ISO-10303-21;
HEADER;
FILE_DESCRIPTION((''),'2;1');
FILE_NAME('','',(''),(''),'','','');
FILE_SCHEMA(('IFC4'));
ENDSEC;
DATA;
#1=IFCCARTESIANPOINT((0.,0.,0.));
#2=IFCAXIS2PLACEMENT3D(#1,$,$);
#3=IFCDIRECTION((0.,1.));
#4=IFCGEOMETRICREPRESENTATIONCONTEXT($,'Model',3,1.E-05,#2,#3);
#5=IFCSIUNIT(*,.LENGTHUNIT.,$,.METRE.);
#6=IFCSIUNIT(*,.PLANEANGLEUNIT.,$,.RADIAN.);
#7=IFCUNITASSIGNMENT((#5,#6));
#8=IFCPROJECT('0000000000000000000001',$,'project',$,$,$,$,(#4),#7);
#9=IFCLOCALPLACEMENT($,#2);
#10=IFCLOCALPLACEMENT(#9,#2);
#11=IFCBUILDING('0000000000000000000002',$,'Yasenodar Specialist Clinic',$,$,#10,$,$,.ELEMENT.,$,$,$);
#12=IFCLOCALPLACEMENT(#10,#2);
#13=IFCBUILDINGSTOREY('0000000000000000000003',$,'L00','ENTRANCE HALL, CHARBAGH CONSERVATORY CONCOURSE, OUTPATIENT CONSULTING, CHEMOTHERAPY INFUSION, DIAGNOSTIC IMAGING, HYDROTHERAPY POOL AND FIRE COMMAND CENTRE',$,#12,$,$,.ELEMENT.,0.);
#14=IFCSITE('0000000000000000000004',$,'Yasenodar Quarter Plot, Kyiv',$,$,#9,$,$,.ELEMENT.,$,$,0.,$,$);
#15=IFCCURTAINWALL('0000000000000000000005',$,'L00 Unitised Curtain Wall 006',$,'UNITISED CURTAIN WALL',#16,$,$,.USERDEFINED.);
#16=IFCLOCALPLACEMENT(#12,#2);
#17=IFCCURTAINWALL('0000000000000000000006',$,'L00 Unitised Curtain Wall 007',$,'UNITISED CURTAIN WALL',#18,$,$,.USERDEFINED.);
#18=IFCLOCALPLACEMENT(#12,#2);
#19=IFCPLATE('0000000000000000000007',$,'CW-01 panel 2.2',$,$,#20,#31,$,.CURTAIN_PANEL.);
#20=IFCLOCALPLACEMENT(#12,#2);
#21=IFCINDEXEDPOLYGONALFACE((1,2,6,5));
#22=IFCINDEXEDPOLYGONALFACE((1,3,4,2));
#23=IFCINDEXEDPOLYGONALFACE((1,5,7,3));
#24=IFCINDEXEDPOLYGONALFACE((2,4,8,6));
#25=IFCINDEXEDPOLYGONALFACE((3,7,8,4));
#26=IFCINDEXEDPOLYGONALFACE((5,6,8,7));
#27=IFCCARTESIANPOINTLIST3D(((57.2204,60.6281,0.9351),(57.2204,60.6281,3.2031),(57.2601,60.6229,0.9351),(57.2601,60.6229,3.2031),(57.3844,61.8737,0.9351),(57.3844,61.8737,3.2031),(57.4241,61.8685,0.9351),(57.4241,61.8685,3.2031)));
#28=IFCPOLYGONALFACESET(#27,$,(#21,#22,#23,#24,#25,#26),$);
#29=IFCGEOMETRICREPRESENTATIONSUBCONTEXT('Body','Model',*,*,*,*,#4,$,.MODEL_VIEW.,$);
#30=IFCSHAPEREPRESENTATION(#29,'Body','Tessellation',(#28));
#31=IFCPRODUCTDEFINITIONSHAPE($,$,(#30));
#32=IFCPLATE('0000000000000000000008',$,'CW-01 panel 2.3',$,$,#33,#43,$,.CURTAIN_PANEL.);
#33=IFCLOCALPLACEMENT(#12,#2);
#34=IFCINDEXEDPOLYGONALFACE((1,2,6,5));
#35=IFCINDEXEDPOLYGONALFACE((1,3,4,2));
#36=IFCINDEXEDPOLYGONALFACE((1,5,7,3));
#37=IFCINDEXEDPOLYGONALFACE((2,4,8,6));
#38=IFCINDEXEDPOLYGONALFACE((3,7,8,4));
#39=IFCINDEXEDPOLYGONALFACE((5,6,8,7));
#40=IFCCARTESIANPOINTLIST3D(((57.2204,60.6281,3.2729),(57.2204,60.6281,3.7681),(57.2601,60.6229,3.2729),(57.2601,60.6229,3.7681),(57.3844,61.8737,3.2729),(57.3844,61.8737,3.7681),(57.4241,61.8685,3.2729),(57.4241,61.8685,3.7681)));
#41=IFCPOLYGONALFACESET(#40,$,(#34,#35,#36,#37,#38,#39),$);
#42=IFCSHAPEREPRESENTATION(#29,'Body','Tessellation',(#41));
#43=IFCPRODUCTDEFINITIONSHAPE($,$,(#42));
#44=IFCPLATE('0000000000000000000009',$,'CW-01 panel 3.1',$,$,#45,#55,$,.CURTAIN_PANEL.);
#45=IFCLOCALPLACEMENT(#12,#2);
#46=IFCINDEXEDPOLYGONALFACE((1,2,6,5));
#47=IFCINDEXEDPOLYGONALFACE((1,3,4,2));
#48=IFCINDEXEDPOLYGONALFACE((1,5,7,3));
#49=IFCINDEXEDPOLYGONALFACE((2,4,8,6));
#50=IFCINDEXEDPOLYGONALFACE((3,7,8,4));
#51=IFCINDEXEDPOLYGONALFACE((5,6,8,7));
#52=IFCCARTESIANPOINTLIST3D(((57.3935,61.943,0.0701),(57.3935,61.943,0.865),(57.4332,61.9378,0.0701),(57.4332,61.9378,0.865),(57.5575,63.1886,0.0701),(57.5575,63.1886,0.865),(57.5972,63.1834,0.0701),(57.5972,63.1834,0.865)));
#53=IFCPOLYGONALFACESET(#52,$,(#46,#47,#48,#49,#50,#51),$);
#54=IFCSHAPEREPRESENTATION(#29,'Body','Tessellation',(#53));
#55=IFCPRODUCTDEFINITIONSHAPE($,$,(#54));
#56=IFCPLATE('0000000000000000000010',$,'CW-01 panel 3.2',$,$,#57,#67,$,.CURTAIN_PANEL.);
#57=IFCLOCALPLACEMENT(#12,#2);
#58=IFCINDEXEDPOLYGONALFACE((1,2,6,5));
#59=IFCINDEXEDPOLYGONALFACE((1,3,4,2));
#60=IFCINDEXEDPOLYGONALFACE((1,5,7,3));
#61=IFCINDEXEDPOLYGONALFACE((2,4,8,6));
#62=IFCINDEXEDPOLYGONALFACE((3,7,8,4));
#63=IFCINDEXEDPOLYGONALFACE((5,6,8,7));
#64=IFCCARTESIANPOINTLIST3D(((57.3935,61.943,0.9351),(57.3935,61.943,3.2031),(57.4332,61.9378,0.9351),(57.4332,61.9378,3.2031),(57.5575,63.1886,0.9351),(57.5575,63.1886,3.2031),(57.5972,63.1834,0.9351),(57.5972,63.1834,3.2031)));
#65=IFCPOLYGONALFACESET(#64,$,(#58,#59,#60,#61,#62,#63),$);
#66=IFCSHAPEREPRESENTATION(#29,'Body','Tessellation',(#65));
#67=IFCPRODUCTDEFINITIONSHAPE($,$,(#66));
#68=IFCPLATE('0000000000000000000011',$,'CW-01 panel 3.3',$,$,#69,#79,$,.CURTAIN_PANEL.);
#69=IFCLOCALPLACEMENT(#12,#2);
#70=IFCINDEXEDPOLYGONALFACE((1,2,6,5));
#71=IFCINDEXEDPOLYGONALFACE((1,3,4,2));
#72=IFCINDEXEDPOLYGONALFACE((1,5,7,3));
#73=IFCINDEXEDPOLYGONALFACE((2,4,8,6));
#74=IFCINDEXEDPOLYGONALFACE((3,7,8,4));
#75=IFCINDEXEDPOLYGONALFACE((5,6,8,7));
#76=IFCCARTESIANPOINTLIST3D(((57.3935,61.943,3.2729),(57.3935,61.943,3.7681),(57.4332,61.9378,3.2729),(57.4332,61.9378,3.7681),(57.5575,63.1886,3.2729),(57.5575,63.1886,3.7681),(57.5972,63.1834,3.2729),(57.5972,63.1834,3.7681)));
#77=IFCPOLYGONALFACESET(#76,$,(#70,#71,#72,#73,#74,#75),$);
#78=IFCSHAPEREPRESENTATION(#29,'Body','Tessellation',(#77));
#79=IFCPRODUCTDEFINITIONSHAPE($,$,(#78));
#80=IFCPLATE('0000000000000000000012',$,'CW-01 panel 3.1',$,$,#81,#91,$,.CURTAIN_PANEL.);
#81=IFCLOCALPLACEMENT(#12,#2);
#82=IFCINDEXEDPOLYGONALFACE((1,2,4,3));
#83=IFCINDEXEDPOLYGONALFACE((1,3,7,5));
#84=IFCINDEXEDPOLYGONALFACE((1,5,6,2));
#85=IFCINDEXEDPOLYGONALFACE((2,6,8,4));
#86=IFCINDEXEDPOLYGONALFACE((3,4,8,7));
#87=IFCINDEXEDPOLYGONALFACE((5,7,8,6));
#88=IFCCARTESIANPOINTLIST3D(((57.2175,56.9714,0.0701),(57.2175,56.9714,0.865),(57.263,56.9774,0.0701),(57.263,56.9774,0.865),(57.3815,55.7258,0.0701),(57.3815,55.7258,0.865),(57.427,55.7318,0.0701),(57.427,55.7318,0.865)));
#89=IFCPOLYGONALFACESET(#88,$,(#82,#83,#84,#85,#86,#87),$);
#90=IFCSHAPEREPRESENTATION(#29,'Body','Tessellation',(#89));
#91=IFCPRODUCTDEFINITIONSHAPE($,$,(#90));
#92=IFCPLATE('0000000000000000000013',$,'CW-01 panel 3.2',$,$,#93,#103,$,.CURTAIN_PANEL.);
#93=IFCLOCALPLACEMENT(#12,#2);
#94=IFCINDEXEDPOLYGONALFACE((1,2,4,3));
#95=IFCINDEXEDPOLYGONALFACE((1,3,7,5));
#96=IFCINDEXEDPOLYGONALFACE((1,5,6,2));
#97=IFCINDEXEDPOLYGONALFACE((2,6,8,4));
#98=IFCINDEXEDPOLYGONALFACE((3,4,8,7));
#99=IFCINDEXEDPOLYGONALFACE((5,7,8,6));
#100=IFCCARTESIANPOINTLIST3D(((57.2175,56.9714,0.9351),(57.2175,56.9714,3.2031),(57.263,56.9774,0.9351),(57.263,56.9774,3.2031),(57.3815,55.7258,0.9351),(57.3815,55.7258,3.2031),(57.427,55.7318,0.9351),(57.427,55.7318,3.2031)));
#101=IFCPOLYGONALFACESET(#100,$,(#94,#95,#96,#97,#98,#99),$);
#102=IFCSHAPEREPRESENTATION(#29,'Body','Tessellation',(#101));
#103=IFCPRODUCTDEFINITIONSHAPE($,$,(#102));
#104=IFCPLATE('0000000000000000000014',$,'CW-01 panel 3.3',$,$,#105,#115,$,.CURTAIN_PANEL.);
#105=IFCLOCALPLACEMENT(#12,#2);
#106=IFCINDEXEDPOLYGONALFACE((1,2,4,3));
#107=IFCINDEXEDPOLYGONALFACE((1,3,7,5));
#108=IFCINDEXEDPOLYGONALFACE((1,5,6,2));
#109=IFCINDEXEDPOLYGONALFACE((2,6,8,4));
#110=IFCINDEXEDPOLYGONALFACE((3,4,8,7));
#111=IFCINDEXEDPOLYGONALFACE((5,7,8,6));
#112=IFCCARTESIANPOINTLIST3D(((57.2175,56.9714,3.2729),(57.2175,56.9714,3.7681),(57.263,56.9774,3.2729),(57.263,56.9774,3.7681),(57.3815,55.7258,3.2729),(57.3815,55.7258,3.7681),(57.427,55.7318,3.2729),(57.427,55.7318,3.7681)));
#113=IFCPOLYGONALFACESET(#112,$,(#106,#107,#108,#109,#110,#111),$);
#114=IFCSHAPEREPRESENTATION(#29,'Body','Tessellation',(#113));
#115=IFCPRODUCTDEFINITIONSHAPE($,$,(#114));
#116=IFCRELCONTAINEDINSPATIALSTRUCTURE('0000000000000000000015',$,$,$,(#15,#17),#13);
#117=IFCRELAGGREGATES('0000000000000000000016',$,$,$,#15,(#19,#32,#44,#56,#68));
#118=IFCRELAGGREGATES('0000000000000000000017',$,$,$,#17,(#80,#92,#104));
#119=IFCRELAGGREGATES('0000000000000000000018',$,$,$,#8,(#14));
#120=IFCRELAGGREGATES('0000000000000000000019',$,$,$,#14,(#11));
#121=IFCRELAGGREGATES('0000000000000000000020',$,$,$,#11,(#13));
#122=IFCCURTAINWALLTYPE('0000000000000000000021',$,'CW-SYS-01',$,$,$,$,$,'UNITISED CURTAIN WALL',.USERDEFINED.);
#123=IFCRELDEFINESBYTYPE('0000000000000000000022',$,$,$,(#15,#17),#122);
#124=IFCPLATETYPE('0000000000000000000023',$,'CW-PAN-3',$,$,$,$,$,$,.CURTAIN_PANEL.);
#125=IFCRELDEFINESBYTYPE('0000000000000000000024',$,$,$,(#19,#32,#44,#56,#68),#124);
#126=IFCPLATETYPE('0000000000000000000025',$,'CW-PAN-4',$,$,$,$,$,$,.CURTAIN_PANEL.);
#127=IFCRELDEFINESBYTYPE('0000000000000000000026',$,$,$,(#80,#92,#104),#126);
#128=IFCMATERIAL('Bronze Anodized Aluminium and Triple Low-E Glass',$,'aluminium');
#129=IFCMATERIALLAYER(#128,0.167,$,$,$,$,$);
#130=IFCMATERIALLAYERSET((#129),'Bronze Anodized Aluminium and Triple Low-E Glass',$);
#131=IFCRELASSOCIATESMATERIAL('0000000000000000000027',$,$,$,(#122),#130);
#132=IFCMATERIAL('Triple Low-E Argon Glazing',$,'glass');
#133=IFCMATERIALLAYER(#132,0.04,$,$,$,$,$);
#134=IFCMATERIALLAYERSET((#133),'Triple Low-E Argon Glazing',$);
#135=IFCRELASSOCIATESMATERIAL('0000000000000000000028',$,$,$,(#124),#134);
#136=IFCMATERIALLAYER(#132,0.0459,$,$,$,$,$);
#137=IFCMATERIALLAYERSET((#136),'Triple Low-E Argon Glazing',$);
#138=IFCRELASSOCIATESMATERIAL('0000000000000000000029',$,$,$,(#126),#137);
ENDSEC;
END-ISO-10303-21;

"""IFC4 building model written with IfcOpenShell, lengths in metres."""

from ifc_helpers import new_model, si_unit, direction, frame, origin, origin_2d, place, context, subcontext, project, spatial, rectangle, extrude, material, layer, layer_set, type_object, element, aggregate, save


model = new_model("IFC4")

# Units and contexts
model_context = context("Model", 3, precision=1e-05, world=origin(), true_north=direction((0.0, 1.0)))
body_context = subcontext(model_context, "Body", "Model", "MODEL_VIEW")
ifc_project = project(units=[si_unit("LENGTHUNIT", "METRE"), si_unit("PLANEANGLEUNIT", "RADIAN")], contexts=[model_context])

# Site, building, storey
site_placement = place(None, origin())
site = spatial("IfcSite", under=ifc_project, at=site_placement, Name="Yasenodar Quarter Plot, Kyiv", CompositionType="ELEMENT", RefElevation=0.0)
building_placement = place(site_placement, origin())
building = spatial("IfcBuilding", under=site, at=building_placement, Name="Yasenodar Specialist Clinic", CompositionType="ELEMENT")
storey_placement = place(building_placement, origin())
storey = spatial("IfcBuildingStorey", under=building, at=storey_placement, Name="L00", Description="ENTRANCE HALL, CHARBAGH CONSERVATORY CONCOURSE, OUTPATIENT CONSULTING, CHEMOTHERAPY INFUSION, DIAGNOSTIC IMAGING, HYDROTHERAPY POOL AND FIRE COMMAND CENTRE", CompositionType="ELEMENT", Elevation=0.0)

# Curtain walls
ifc_material_1 = material(Name="Bronze Anodized Aluminium and Triple Low-E Glass", Category="aluminium")
ifc_layer_1 = layer(ifc_material_1, 0.167)
ifc_layer_set_1 = layer_set([ifc_layer_1], Name="Bronze Anodized Aluminium and Triple Low-E Glass")
curtain_wall_type = type_object("IfcCurtainWallType", Name="CW-SYS-01", ElementType="UNITISED CURTAIN WALL", PredefinedType="USERDEFINED", material=ifc_layer_set_1)
curtain_wall_1_placement = place(storey_placement, origin())
curtain_wall_1 = element("IfcCurtainWall", 1, at=curtain_wall_1_placement, inside=storey, type_object=curtain_wall_type, Name="L00 Unitised Curtain Wall 006", ObjectType="UNITISED CURTAIN WALL", PredefinedType="USERDEFINED")
curtain_wall_2_placement = place(storey_placement, origin())
curtain_wall_2 = element("IfcCurtainWall", 2, at=curtain_wall_2_placement, inside=storey, type_object=curtain_wall_type, Name="L00 Unitised Curtain Wall 007", ObjectType="UNITISED CURTAIN WALL", PredefinedType="USERDEFINED")

# Plates
ifc_material_2 = material(Name="Triple Low-E Argon Glazing", Category="glass")
ifc_layer_2 = layer(ifc_material_2, 0.04)
ifc_layer_set_2 = layer_set([ifc_layer_2], Name="Triple Low-E Argon Glazing")
plate_type_1 = type_object("IfcPlateType", Name="CW-PAN-3", PredefinedType="CURTAIN_PANEL", material=ifc_layer_set_2)
plate_1_placement = place(storey_placement, frame((57.3223, 61.2483, 0.9351), z_axis=(0.0, 0.0, 1.0), x_axis=(0.130512, 0.991447, 0.0)))
plate_1 = element("IfcPlate", 3, at=plate_1_placement, type_object=plate_type_1, Name="CW-01 panel 2.2", PredefinedType="CURTAIN_PANEL", context=body_context, shape_type="SweptSolid", body=[
    extrude(rectangle(XDim=1.2563, YDim=0.04, at=origin_2d()), origin(), (0.0, 0.0, 1.0), 2.2681),
])
plate_2_placement = place(storey_placement, frame((57.3223, 61.2483, 3.2729), z_axis=(0.0, 0.0, 1.0), x_axis=(0.130512, 0.991447, 0.0)))
plate_2 = element("IfcPlate", 4, at=plate_2_placement, type_object=plate_type_1, Name="CW-01 panel 2.3", PredefinedType="CURTAIN_PANEL", context=body_context, shape_type="SweptSolid", body=[
    extrude(rectangle(XDim=1.2563, YDim=0.04, at=origin_2d()), origin(), (0.0, 0.0, 1.0), 0.4951),
])
plate_3_placement = place(storey_placement, frame((57.4954, 62.5632, 0.0701), z_axis=(0.0, 0.0, 1.0), x_axis=(0.130512, 0.991447, 0.0)))
plate_3 = element("IfcPlate", 5, at=plate_3_placement, type_object=plate_type_1, Name="CW-01 panel 3.1", PredefinedType="CURTAIN_PANEL", context=body_context, shape_type="SweptSolid", body=[
    extrude(rectangle(XDim=1.2563, YDim=0.04, at=origin_2d()), origin(), (0.0, 0.0, 1.0), 0.7949),
])
plate_4_placement = place(storey_placement, frame((57.4954, 62.5632, 0.9351), z_axis=(0.0, 0.0, 1.0), x_axis=(0.130512, 0.991447, 0.0)))
plate_4 = element("IfcPlate", 6, at=plate_4_placement, type_object=plate_type_1, Name="CW-01 panel 3.2", PredefinedType="CURTAIN_PANEL", context=body_context, shape_type="SweptSolid", body=[
    extrude(rectangle(XDim=1.2563, YDim=0.04, at=origin_2d()), origin(), (0.0, 0.0, 1.0), 2.2681),
])
plate_5_placement = place(storey_placement, frame((57.4954, 62.5632, 3.2729), z_axis=(0.0, 0.0, 1.0), x_axis=(0.130512, 0.991447, 0.0)))
plate_5 = element("IfcPlate", 7, at=plate_5_placement, type_object=plate_type_1, Name="CW-01 panel 3.3", PredefinedType="CURTAIN_PANEL", context=body_context, shape_type="SweptSolid", body=[
    extrude(rectangle(XDim=1.2563, YDim=0.04, at=origin_2d()), origin(), (0.0, 0.0, 1.0), 0.4951),
])
aggregate(curtain_wall_1, [plate_1, plate_2, plate_3, plate_4, plate_5])
ifc_layer_3 = layer(ifc_material_2, 0.0459)
ifc_layer_set_3 = layer_set([ifc_layer_3], Name="Triple Low-E Argon Glazing")
plate_type_2 = type_object("IfcPlateType", Name="CW-PAN-4", PredefinedType="CURTAIN_PANEL", material=ifc_layer_set_3)
plate_6_placement = place(storey_placement, frame((57.3223, 56.3516, 0.0701), z_axis=(0.0, 0.0, 1.0), x_axis=(-0.130512, 0.991447, 0.0)))
plate_6 = element("IfcPlate", 8, at=plate_6_placement, type_object=plate_type_2, Name="CW-01 panel 3.1", PredefinedType="CURTAIN_PANEL", context=body_context, shape_type="SweptSolid", body=[
    extrude(rectangle(XDim=1.2563, YDim=0.0459, at=origin_2d()), origin(), (0.0, 0.0, 1.0), 0.7949),
])
plate_7_placement = place(storey_placement, frame((57.3223, 56.3516, 0.9351), z_axis=(0.0, 0.0, 1.0), x_axis=(-0.130512, 0.991447, 0.0)))
plate_7 = element("IfcPlate", 9, at=plate_7_placement, type_object=plate_type_2, Name="CW-01 panel 3.2", PredefinedType="CURTAIN_PANEL", context=body_context, shape_type="SweptSolid", body=[
    extrude(rectangle(XDim=1.2563, YDim=0.0459, at=origin_2d()), origin(), (0.0, 0.0, 1.0), 2.2681),
])
plate_8_placement = place(storey_placement, frame((57.3223, 56.3516, 3.2729), z_axis=(0.0, 0.0, 1.0), x_axis=(-0.130512, 0.991447, 0.0)))
plate_8 = element("IfcPlate", 10, at=plate_8_placement, type_object=plate_type_2, Name="CW-01 panel 3.3", PredefinedType="CURTAIN_PANEL", context=body_context, shape_type="SweptSolid", body=[
    extrude(rectangle(XDim=1.2563, YDim=0.0459, at=origin_2d()), origin(), (0.0, 0.0, 1.0), 0.4951),
])
aggregate(curtain_wall_2, [plate_6, plate_7, plate_8])

save(model, "model.ifc")
